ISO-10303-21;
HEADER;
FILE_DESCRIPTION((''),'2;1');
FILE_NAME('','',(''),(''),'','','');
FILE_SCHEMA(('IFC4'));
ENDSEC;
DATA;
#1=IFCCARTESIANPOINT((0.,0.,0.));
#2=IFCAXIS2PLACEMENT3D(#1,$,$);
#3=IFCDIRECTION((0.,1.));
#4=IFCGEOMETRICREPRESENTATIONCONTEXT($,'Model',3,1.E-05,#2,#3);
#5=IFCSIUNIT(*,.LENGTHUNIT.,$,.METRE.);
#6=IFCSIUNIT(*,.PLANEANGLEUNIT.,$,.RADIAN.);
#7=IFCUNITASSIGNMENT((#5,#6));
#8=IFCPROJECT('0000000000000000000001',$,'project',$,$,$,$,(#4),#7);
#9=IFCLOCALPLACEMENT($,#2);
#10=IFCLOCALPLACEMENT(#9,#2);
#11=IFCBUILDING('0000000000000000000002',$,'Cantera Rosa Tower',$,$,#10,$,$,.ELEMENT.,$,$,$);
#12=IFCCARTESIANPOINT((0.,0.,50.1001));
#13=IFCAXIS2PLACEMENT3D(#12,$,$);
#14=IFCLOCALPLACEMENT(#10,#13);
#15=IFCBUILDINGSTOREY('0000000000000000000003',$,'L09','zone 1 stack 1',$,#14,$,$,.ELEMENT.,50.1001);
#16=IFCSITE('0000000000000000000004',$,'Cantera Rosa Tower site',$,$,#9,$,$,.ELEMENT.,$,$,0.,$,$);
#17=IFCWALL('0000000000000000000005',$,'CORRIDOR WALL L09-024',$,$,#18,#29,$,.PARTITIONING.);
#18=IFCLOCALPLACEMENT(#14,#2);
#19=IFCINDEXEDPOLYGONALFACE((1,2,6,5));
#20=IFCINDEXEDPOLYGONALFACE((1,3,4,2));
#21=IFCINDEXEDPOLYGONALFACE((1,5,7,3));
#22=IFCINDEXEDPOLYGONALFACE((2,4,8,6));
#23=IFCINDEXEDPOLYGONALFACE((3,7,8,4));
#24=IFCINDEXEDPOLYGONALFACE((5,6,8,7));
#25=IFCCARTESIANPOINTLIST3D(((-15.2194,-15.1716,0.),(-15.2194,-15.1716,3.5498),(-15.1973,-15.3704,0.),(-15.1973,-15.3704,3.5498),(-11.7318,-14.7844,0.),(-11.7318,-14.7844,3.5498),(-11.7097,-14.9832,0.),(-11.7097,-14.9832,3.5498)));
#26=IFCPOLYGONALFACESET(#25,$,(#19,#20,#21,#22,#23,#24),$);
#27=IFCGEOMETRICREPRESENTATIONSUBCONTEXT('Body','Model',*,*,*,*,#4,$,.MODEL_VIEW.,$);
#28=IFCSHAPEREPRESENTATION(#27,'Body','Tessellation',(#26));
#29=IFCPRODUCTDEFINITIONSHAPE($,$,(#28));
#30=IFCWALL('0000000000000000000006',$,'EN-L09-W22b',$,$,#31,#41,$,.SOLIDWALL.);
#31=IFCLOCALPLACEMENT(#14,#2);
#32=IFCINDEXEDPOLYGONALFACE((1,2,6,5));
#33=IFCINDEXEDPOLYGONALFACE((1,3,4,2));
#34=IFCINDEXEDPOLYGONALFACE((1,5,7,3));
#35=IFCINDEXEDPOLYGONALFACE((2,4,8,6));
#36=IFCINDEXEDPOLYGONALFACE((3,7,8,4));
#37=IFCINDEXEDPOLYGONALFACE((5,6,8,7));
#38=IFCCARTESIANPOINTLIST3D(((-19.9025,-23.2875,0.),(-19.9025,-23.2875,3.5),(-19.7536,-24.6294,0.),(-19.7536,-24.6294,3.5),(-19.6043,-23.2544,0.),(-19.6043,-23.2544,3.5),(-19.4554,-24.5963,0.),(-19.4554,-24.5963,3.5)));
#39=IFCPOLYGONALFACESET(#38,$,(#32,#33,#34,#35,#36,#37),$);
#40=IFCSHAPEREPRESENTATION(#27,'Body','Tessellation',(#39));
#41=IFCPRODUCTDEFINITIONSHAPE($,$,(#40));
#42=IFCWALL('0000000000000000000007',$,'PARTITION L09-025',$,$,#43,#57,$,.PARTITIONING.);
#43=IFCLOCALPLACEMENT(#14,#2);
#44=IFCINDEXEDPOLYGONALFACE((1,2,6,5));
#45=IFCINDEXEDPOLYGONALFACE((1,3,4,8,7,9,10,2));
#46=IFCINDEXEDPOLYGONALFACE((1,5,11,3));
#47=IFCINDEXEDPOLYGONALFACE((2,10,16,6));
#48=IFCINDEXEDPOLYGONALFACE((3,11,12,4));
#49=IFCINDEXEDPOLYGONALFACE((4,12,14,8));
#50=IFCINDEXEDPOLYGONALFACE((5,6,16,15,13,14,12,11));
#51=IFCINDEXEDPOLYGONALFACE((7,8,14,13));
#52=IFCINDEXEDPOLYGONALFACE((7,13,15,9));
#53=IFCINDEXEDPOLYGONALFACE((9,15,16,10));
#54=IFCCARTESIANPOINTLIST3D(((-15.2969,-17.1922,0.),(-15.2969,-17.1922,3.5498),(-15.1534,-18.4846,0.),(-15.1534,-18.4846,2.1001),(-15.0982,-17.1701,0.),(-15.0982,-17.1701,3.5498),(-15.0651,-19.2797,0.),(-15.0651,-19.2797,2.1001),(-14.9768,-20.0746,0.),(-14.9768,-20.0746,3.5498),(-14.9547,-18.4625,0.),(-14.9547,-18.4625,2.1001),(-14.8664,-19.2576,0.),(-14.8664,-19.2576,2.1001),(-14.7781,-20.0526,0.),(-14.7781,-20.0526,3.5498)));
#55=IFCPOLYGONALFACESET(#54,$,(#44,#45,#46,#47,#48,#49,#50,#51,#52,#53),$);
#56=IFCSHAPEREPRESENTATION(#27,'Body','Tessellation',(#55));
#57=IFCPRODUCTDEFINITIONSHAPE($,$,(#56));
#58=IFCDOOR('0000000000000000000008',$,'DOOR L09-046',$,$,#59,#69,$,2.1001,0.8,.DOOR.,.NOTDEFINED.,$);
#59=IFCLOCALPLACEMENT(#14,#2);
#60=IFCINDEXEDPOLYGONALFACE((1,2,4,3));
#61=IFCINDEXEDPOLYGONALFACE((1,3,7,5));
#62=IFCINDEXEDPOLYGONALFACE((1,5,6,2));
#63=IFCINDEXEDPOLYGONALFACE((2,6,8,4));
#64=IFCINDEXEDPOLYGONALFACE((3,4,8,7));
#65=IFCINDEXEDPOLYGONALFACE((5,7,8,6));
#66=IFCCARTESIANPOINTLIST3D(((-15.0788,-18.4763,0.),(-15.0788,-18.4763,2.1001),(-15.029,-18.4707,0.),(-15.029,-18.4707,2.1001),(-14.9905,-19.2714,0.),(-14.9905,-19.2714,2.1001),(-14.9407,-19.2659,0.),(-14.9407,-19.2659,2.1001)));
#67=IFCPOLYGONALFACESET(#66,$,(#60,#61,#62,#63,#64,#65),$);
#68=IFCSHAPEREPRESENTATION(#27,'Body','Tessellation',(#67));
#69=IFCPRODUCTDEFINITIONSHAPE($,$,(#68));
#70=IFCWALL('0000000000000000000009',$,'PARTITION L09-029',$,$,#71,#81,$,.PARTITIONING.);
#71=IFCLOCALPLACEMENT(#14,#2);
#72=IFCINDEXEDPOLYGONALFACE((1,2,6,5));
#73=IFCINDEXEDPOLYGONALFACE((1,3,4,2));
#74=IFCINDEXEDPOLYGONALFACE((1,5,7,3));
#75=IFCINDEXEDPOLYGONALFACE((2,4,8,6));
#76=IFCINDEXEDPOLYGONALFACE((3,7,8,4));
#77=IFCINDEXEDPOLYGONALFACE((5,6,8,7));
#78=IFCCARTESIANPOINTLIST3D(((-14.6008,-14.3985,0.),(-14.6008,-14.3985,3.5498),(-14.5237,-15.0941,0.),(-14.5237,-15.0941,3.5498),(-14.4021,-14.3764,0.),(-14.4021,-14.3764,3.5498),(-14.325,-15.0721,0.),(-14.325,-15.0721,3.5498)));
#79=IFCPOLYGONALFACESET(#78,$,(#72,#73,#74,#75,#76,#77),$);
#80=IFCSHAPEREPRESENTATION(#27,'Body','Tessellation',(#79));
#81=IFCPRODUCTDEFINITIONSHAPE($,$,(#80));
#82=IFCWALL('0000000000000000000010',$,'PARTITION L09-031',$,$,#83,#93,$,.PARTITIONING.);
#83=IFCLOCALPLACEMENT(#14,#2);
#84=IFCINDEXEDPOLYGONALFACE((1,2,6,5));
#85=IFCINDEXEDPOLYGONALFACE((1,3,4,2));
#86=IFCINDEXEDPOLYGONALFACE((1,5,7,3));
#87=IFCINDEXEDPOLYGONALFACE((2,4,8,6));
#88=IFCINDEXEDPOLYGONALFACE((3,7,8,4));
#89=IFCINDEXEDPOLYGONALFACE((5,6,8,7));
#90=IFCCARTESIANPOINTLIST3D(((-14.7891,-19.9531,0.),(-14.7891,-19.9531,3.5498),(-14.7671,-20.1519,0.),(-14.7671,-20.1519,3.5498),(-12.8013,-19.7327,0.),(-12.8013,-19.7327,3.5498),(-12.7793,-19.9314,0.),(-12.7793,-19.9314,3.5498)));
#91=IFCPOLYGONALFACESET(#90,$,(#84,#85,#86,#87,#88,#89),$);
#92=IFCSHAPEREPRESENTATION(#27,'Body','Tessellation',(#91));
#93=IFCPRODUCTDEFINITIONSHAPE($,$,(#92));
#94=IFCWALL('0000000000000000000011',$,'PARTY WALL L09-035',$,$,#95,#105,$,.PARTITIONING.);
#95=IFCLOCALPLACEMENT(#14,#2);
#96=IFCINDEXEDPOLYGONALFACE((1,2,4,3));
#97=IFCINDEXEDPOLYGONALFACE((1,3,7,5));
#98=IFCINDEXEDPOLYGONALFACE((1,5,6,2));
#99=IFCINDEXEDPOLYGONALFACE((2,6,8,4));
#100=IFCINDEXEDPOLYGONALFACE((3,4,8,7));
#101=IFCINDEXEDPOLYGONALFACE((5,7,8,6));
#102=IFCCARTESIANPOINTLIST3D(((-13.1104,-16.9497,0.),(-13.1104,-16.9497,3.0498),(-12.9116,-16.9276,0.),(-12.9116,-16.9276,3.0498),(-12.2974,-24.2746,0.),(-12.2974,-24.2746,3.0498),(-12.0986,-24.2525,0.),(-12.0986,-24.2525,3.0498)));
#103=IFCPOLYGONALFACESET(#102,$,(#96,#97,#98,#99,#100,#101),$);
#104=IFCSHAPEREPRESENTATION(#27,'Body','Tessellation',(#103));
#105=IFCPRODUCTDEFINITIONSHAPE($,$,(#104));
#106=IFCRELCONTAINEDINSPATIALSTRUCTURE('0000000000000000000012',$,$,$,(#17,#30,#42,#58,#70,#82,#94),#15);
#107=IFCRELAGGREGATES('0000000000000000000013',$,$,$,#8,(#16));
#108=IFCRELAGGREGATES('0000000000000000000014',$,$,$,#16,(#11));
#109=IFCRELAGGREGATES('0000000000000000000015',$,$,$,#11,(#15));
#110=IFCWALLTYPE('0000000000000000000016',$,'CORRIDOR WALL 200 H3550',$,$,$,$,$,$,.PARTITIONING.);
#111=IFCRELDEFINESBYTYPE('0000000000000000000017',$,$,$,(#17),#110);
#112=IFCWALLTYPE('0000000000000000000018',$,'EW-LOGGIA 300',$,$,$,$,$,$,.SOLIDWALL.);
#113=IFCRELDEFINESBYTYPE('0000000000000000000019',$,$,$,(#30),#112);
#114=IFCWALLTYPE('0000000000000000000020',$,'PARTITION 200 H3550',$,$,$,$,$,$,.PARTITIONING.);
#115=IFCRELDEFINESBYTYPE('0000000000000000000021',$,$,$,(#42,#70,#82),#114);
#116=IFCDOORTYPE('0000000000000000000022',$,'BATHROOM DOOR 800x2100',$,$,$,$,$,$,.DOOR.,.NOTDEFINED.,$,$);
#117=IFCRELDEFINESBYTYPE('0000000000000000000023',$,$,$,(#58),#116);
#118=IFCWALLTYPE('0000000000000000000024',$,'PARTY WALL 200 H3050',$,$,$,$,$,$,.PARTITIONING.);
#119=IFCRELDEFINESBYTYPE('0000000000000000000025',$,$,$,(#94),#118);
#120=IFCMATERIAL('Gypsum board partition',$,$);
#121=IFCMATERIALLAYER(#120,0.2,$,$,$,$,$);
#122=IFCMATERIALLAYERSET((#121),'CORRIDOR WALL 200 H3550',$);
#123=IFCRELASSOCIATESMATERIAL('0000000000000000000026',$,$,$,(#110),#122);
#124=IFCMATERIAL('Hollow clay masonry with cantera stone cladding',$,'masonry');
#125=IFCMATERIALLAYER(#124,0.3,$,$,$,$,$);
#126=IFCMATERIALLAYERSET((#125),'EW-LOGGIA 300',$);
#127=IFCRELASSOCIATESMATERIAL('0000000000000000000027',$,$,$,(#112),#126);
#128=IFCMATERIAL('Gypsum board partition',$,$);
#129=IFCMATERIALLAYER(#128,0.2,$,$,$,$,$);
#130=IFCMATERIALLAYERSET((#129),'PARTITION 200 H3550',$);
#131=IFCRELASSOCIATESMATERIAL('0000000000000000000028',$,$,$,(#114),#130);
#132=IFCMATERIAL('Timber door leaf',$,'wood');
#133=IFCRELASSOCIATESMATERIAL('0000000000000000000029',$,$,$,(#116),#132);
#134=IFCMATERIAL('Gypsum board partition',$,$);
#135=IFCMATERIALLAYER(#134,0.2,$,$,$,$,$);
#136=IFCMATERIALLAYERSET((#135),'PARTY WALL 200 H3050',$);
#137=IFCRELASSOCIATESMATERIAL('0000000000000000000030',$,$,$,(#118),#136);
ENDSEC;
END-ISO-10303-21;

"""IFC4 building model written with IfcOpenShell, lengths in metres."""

from ifc_helpers import new_model, si_unit, direction, frame, frame_2d, origin, place, context, subcontext, project, spatial, rectangle, extrude, material, layer, layer_set, type_object, element, fill, save


model = new_model("IFC4")

# Units and contexts
model_context = context("Model", 3, precision=1e-05, world=origin(), true_north=direction((0.0, 1.0)))
body_context = subcontext(model_context, "Body", "Model", "MODEL_VIEW")
ifc_project = project(units=[si_unit("LENGTHUNIT", "METRE"), si_unit("PLANEANGLEUNIT", "RADIAN")], contexts=[model_context])

# Site, building, storey
site_placement = place(None, origin())
site = spatial("IfcSite", under=ifc_project, at=site_placement, Name="Cantera Rosa Tower site", CompositionType="ELEMENT", RefElevation=0.0)
building_placement = place(site_placement, origin())
building = spatial("IfcBuilding", under=site, at=building_placement, Name="Cantera Rosa Tower", CompositionType="ELEMENT")
storey_placement = place(building_placement, frame((0.0, 0.0, 50.1001)))
storey = spatial("IfcBuildingStorey", under=building, at=storey_placement, Name="L09", Description="zone 1 stack 1", CompositionType="ELEMENT", Elevation=50.1001)

# Shared definitions
ifc_material_1 = material(Name="Gypsum board partition")
ifc_layer_1 = layer(ifc_material_1, 0.2)
ifc_layer_set_1 = layer_set([ifc_layer_1], Name="CORRIDOR WALL 200 H3550")
wall_type_1 = type_object("IfcWallType", Name="CORRIDOR WALL 200 H3550", PredefinedType="PARTITIONING", material=ifc_layer_set_1)

# Walls
wall_1_placement = place(storey_placement, frame((-15.2083, -15.271, 0.0), z_axis=(0.0, 0.0, 1.0), x_axis=(0.993893, 0.110348, 0.0)))
element("IfcWall", 1, at=wall_1_placement, inside=storey, type_object=wall_type_1, Name="CORRIDOR WALL L09-024", PredefinedType="PARTITIONING", context=body_context, shape_type="SweptSolid", body=[
    extrude(rectangle(XDim=3.509, YDim=0.2, at=frame_2d((1.7544, 0.0))), origin(), (0.0, 0.0, 1.0), 3.5498),
])
ifc_material_2 = material(Name="Hollow clay masonry with cantera stone cladding", Category="masonry")
ifc_layer_2 = layer(ifc_material_2, 0.3)
ifc_layer_set_2 = layer_set([ifc_layer_2], Name="EW-LOGGIA 300")
wall_type_2 = type_object("IfcWallType", Name="EW-LOGGIA 300", PredefinedType="SOLIDWALL", material=ifc_layer_set_2)
wall_2_placement = place(storey_placement, frame((-19.7534, -23.271, 0.0), z_axis=(0.0, 0.0, 1.0), x_axis=(0.110312, -0.993897, 0.0)))
element("IfcWall", 2, at=wall_2_placement, inside=storey, type_object=wall_type_2, Name="EN-L09-W22b", PredefinedType="SOLIDWALL", context=body_context, shape_type="SweptSolid", body=[
    extrude(rectangle(XDim=1.3501, YDim=0.3, at=frame_2d((0.675, 0.0))), origin(), (0.0, 0.0, 1.0), 3.5),
])

# Wall, opening, door
ifc_material_3 = material(Name="Gypsum board partition")
ifc_layer_3 = layer(ifc_material_3, 0.2)
ifc_layer_set_3 = layer_set([ifc_layer_3], Name="PARTITION 200 H3550")
wall_type_3 = type_object("IfcWallType", Name="PARTITION 200 H3550", PredefinedType="PARTITIONING", material=ifc_layer_set_3)
wall_3_placement = place(storey_placement, frame((-14.8774, -20.0637, 0.0), z_axis=(0.0, 0.0, 1.0), x_axis=(-0.110367, 0.993891, 0.0)))
wall_3 = element("IfcWall", 3, at=wall_3_placement, inside=storey, type_object=wall_type_3, Name="PARTITION L09-025", PredefinedType="PARTITIONING", context=body_context, shape_type="SweptSolid", body=[
    extrude(rectangle(XDim=2.9001, YDim=0.2, at=frame_2d((1.4502, 0.0))), origin(), (0.0, 0.0, 1.0), 3.5498),
])
opening_1_placement = place(wall_3_placement, frame((0.8, 0.0, 0.0)))
opening_1 = element("IfcOpeningElement", 4, at=opening_1_placement, cuts=wall_3, PredefinedType="OPENING", context=body_context, shape_type="SweptSolid", body=[
    extrude(rectangle(XDim=0.8, YDim=2.1001, at=frame_2d((0.3999, 1.05))), frame((0.0, 0.1099, 0.0), z_axis=(0.0, -1.0, 0.0), x_axis=(1.0, 0.0, 0.0)), (0.0, 0.0, 1.0), 0.22),
])
ifc_material_4 = material(Name="Timber door leaf", Category="wood")
door_type_1 = type_object("IfcDoorType", Name="BATHROOM DOOR 800x2100", OperationType="NOTDEFINED", PredefinedType="DOOR", material=ifc_material_4)
door_1_placement = place(opening_1_placement, origin())
door_1 = element("IfcDoor", 5, at=door_1_placement, inside=storey, type_object=door_type_1, Name="DOOR L09-046", OperationType="NOTDEFINED", OverallHeight=2.1001, OverallWidth=0.8, PredefinedType="DOOR", context=body_context, shape_type="SweptSolid", body=[
    extrude(rectangle(XDim=0.8, YDim=2.1001, at=frame_2d((0.3999, 1.05))), frame((0.0, 0.0249, 0.0), z_axis=(0.0, -1.0, 0.0), x_axis=(1.0, 0.0, 0.0)), (0.0, 0.0, 1.0), 0.05),
])
fill(opening_1, door_1)

# Walls
wall_4_placement = place(storey_placement, frame((-14.4243, -15.0833, 0.0), z_axis=(0.0, 0.0, 1.0), x_axis=(-0.110202, 0.993909, 0.0)))
element("IfcWall", 6, at=wall_4_placement, inside=storey, type_object=wall_type_3, Name="PARTITION L09-029", PredefinedType="PARTITIONING", context=body_context, shape_type="SweptSolid", body=[
    extrude(rectangle(XDim=0.7, YDim=0.2, at=frame_2d((0.3501, 0.0))), origin(), (0.0, 0.0, 1.0), 3.5498),
])
wall_5_placement = place(storey_placement, frame((-12.7903, -19.832, 0.0), z_axis=(0.0, 0.0, 1.0), x_axis=(-0.993906, -0.110231, 0.0)))
element("IfcWall", 7, at=wall_5_placement, inside=storey, type_object=wall_type_3, Name="PARTITION L09-031", PredefinedType="PARTITIONING", context=body_context, shape_type="SweptSolid", body=[
    extrude(rectangle(XDim=2.0, YDim=0.2, at=frame_2d((1.0, 0.0))), origin(), (0.0, 0.0, 1.0), 3.5498),
])
ifc_material_5 = material(Name="Gypsum board partition")
ifc_layer_4 = layer(ifc_material_5, 0.2)
ifc_layer_set_4 = layer_set([ifc_layer_4], Name="PARTY WALL 200 H3050")
wall_type_4 = type_object("IfcWallType", Name="PARTY WALL 200 H3050", PredefinedType="PARTITIONING", material=ifc_layer_set_4)
wall_6_placement = place(storey_placement, frame((-12.198, -24.2637, 0.0), z_axis=(0.0, 0.0, 1.0), x_axis=(-0.110312, 0.993897, 0.0)))
element("IfcWall", 8, at=wall_6_placement, inside=storey, type_object=wall_type_4, Name="PARTY WALL L09-035", PredefinedType="PARTITIONING", context=body_context, shape_type="SweptSolid", body=[
    extrude(rectangle(XDim=7.3699, YDim=0.2, at=frame_2d((3.6851, 0.0))), origin(), (0.0, 0.0, 1.0), 3.0498),
])

save(model, "model.ifc")
